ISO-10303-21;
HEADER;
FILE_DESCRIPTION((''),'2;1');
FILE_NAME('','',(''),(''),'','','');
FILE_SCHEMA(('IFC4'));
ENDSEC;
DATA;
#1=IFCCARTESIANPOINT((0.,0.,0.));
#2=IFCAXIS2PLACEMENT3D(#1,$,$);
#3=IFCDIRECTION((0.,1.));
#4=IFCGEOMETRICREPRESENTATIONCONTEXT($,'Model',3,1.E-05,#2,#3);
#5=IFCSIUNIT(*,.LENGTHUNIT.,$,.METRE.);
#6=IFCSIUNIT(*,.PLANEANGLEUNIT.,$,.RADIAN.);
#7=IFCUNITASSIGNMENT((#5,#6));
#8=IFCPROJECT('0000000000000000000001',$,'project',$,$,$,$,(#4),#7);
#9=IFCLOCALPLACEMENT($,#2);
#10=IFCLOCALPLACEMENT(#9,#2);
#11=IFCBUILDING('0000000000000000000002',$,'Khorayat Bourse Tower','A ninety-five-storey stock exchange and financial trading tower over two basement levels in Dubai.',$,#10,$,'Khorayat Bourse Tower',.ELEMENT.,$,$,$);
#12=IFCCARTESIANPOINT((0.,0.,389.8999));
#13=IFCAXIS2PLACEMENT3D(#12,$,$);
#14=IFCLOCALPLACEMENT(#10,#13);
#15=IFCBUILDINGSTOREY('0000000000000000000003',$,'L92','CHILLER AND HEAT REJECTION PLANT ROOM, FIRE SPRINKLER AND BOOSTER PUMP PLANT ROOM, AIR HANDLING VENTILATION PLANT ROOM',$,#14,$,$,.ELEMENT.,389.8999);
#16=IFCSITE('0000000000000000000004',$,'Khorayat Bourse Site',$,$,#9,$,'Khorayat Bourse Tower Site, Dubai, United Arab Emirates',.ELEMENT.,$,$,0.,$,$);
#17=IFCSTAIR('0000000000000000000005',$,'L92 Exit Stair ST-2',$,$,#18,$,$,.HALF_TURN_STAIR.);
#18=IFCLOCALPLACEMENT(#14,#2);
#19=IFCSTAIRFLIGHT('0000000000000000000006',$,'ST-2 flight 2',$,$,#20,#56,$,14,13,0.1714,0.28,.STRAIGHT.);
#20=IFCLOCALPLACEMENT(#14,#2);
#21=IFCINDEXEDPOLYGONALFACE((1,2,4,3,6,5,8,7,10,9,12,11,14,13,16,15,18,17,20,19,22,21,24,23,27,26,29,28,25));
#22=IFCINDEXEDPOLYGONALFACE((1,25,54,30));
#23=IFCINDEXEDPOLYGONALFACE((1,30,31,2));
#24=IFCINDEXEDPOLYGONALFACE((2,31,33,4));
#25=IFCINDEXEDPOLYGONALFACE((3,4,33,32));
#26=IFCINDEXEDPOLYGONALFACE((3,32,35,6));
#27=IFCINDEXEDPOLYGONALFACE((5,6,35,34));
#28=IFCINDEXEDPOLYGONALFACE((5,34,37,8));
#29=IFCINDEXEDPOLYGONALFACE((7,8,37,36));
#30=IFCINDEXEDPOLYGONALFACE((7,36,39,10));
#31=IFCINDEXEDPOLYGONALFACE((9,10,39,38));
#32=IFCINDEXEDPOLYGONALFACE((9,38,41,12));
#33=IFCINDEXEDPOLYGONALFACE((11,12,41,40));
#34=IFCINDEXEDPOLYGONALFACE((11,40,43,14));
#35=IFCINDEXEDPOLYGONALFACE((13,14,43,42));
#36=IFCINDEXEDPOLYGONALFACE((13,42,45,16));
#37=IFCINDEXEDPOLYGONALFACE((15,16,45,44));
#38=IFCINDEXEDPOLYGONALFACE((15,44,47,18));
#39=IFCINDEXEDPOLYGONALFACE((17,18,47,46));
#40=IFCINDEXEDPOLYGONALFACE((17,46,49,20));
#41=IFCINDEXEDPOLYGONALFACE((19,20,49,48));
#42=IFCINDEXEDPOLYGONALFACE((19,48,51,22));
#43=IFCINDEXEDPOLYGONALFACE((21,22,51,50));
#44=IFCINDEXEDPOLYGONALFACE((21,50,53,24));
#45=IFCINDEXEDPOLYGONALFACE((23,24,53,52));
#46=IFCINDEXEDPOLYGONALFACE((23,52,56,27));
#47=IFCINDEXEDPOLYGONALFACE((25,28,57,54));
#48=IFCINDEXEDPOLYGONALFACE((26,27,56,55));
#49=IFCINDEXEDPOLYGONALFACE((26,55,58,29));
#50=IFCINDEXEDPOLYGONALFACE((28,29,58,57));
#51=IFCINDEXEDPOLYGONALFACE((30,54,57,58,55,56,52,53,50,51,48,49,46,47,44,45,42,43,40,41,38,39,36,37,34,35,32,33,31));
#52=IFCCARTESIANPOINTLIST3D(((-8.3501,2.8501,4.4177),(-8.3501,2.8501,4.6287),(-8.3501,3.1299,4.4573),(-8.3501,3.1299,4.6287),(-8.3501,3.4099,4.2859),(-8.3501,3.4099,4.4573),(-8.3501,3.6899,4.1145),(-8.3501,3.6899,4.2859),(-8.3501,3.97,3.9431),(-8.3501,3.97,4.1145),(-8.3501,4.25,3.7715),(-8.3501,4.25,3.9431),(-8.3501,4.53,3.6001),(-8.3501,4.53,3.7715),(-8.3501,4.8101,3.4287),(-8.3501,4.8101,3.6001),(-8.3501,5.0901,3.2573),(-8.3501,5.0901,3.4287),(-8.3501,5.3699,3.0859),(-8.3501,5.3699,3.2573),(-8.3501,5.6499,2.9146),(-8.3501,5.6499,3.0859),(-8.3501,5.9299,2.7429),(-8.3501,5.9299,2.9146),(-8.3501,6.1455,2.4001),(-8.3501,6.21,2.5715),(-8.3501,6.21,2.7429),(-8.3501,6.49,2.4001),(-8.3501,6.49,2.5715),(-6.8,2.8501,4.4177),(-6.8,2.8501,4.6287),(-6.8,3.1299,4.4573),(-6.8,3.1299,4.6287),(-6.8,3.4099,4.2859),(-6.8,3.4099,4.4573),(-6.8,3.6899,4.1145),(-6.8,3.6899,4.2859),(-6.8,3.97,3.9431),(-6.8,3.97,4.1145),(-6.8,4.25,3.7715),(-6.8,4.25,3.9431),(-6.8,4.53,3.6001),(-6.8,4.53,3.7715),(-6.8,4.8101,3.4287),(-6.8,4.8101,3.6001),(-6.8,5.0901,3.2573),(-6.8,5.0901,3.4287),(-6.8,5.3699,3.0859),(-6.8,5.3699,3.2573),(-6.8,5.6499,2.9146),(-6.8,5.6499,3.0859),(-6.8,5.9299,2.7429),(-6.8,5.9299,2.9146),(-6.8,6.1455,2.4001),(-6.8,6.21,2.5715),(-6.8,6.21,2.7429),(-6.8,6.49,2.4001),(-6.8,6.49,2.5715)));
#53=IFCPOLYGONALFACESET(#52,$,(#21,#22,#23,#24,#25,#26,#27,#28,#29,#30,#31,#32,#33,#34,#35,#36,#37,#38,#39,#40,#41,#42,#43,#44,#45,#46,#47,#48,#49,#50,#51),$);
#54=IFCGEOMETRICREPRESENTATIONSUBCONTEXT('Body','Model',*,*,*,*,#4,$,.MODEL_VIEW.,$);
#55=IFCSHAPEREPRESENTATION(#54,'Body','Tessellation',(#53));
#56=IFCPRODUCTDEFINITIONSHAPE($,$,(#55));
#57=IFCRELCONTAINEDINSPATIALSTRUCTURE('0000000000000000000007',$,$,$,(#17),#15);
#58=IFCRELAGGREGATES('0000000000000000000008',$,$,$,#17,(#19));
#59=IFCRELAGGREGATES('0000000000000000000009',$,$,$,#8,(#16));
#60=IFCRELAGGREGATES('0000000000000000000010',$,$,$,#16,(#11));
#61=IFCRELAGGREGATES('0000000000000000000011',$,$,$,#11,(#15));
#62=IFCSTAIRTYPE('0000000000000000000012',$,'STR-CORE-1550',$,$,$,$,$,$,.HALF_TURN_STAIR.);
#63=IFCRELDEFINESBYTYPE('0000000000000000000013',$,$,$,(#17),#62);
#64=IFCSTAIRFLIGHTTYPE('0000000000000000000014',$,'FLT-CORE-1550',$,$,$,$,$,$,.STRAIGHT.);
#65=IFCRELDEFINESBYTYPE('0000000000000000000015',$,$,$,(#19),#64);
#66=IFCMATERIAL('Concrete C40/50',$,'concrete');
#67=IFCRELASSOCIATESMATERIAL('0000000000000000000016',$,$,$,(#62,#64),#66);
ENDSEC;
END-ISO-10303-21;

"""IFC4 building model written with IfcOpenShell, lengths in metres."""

from ifc_helpers import new_model, si_unit, direction, frame, origin, place, context, subcontext, project, spatial, polyline, outline, extrude, source, transform, mapped, material, type_object, element, aggregate, save


model = new_model("IFC4")

# Units and contexts
model_context = context("Model", 3, precision=1e-05, world=origin(), true_north=direction((0.0, 1.0)))
body_context = subcontext(model_context, "Body", "Model", "MODEL_VIEW")
ifc_project = project(units=[si_unit("LENGTHUNIT", "METRE"), si_unit("PLANEANGLEUNIT", "RADIAN")], contexts=[model_context])

# Site, building, storey
site_placement = place(None, origin())
site = spatial("IfcSite", under=ifc_project, at=site_placement, Name="Khorayat Bourse Site", LongName="Khorayat Bourse Tower Site, Dubai, United Arab Emirates", CompositionType="ELEMENT", RefElevation=0.0)
building_placement = place(site_placement, origin())
building = spatial("IfcBuilding", under=site, at=building_placement, Name="Khorayat Bourse Tower", Description="A ninety-five-storey stock exchange and financial trading tower over two basement levels in Dubai.", LongName="Khorayat Bourse Tower", CompositionType="ELEMENT")
storey_placement = place(building_placement, frame((0.0, 0.0, 389.8999)))
storey = spatial("IfcBuildingStorey", under=building, at=storey_placement, Name="L92", Description="CHILLER AND HEAT REJECTION PLANT ROOM, FIRE SPRINKLER AND BOOSTER PUMP PLANT ROOM, AIR HANDLING VENTILATION PLANT ROOM", CompositionType="ELEMENT", Elevation=389.8999)

# Stair, stair flight
ifc_material_1 = material(Name="Concrete C40/50", Category="concrete")
stair_type = type_object("IfcStairType", Name="STR-CORE-1550", PredefinedType="HALF_TURN_STAIR", material=ifc_material_1)
stair_placement = place(storey_placement, origin())
stair = element("IfcStair", 1, at=stair_placement, inside=storey, type_object=stair_type, Name="L92 Exit Stair ST-2", PredefinedType="HALF_TURN_STAIR")
stair_flight_type = type_object("IfcStairFlightType", Name="FLT-CORE-1550", PredefinedType="STRAIGHT", material=ifc_material_1)
shared_shape_1 = source(origin(), body_context, "Body", "SweptSolid", [
    extrude(outline(polyline([(0.0, 0.0), (0.0, 0.1714), (0.28, 0.1714), (0.28, 0.3428), (0.5601, 0.3428), (0.5601, 0.5144), (0.8401, 0.5144), (0.8401, 0.6858), (1.1201, 0.6858), (1.1201, 0.8572), (1.3999, 0.8572), (1.3999, 1.0286), (1.6799, 1.0286), (1.6799, 1.2), (1.96, 1.2), (1.96, 1.3713), (2.24, 1.3713), (2.24, 1.543), (2.52, 1.543), (2.52, 1.7144), (2.8, 1.7144), (2.8, 1.8857), (3.0801, 1.8857), (3.0801, 2.0571), (3.3601, 2.0571), (3.3601, 2.2285), (3.6399, 2.2285), (3.6399, 2.3999), (3.6399, 2.0176), (0.3445, 0.0), (0.0, 0.0)])), frame((0.0, 0.7749, 0.0), z_axis=(0.0, -1.0, 0.0), x_axis=(1.0, 0.0, 0.0)), (0.0, 0.0, 1.0), 1.55),
])
stair_flight_1_placement = place(storey_placement, frame((-7.575, 6.49, 2.4001), z_axis=(0.0, 0.0, 1.0), x_axis=(0.0, -1.0, 0.0)))
stair_flight_1 = element("IfcStairFlight", 2, at=stair_flight_1_placement, type_object=stair_flight_type, Name="ST-2 flight 2", NumberOfRisers=14, NumberOfTreads=13, PredefinedType="STRAIGHT", RiserHeight=0.1714, TreadLength=0.28, context=body_context, shape_type="MappedRepresentation", body=[
    mapped(shared_shape_1, transform((0.0, 0.0, 0.0), scale=1.0)),
])
aggregate(stair, [stair_flight_1])

save(model, "model.ifc")
